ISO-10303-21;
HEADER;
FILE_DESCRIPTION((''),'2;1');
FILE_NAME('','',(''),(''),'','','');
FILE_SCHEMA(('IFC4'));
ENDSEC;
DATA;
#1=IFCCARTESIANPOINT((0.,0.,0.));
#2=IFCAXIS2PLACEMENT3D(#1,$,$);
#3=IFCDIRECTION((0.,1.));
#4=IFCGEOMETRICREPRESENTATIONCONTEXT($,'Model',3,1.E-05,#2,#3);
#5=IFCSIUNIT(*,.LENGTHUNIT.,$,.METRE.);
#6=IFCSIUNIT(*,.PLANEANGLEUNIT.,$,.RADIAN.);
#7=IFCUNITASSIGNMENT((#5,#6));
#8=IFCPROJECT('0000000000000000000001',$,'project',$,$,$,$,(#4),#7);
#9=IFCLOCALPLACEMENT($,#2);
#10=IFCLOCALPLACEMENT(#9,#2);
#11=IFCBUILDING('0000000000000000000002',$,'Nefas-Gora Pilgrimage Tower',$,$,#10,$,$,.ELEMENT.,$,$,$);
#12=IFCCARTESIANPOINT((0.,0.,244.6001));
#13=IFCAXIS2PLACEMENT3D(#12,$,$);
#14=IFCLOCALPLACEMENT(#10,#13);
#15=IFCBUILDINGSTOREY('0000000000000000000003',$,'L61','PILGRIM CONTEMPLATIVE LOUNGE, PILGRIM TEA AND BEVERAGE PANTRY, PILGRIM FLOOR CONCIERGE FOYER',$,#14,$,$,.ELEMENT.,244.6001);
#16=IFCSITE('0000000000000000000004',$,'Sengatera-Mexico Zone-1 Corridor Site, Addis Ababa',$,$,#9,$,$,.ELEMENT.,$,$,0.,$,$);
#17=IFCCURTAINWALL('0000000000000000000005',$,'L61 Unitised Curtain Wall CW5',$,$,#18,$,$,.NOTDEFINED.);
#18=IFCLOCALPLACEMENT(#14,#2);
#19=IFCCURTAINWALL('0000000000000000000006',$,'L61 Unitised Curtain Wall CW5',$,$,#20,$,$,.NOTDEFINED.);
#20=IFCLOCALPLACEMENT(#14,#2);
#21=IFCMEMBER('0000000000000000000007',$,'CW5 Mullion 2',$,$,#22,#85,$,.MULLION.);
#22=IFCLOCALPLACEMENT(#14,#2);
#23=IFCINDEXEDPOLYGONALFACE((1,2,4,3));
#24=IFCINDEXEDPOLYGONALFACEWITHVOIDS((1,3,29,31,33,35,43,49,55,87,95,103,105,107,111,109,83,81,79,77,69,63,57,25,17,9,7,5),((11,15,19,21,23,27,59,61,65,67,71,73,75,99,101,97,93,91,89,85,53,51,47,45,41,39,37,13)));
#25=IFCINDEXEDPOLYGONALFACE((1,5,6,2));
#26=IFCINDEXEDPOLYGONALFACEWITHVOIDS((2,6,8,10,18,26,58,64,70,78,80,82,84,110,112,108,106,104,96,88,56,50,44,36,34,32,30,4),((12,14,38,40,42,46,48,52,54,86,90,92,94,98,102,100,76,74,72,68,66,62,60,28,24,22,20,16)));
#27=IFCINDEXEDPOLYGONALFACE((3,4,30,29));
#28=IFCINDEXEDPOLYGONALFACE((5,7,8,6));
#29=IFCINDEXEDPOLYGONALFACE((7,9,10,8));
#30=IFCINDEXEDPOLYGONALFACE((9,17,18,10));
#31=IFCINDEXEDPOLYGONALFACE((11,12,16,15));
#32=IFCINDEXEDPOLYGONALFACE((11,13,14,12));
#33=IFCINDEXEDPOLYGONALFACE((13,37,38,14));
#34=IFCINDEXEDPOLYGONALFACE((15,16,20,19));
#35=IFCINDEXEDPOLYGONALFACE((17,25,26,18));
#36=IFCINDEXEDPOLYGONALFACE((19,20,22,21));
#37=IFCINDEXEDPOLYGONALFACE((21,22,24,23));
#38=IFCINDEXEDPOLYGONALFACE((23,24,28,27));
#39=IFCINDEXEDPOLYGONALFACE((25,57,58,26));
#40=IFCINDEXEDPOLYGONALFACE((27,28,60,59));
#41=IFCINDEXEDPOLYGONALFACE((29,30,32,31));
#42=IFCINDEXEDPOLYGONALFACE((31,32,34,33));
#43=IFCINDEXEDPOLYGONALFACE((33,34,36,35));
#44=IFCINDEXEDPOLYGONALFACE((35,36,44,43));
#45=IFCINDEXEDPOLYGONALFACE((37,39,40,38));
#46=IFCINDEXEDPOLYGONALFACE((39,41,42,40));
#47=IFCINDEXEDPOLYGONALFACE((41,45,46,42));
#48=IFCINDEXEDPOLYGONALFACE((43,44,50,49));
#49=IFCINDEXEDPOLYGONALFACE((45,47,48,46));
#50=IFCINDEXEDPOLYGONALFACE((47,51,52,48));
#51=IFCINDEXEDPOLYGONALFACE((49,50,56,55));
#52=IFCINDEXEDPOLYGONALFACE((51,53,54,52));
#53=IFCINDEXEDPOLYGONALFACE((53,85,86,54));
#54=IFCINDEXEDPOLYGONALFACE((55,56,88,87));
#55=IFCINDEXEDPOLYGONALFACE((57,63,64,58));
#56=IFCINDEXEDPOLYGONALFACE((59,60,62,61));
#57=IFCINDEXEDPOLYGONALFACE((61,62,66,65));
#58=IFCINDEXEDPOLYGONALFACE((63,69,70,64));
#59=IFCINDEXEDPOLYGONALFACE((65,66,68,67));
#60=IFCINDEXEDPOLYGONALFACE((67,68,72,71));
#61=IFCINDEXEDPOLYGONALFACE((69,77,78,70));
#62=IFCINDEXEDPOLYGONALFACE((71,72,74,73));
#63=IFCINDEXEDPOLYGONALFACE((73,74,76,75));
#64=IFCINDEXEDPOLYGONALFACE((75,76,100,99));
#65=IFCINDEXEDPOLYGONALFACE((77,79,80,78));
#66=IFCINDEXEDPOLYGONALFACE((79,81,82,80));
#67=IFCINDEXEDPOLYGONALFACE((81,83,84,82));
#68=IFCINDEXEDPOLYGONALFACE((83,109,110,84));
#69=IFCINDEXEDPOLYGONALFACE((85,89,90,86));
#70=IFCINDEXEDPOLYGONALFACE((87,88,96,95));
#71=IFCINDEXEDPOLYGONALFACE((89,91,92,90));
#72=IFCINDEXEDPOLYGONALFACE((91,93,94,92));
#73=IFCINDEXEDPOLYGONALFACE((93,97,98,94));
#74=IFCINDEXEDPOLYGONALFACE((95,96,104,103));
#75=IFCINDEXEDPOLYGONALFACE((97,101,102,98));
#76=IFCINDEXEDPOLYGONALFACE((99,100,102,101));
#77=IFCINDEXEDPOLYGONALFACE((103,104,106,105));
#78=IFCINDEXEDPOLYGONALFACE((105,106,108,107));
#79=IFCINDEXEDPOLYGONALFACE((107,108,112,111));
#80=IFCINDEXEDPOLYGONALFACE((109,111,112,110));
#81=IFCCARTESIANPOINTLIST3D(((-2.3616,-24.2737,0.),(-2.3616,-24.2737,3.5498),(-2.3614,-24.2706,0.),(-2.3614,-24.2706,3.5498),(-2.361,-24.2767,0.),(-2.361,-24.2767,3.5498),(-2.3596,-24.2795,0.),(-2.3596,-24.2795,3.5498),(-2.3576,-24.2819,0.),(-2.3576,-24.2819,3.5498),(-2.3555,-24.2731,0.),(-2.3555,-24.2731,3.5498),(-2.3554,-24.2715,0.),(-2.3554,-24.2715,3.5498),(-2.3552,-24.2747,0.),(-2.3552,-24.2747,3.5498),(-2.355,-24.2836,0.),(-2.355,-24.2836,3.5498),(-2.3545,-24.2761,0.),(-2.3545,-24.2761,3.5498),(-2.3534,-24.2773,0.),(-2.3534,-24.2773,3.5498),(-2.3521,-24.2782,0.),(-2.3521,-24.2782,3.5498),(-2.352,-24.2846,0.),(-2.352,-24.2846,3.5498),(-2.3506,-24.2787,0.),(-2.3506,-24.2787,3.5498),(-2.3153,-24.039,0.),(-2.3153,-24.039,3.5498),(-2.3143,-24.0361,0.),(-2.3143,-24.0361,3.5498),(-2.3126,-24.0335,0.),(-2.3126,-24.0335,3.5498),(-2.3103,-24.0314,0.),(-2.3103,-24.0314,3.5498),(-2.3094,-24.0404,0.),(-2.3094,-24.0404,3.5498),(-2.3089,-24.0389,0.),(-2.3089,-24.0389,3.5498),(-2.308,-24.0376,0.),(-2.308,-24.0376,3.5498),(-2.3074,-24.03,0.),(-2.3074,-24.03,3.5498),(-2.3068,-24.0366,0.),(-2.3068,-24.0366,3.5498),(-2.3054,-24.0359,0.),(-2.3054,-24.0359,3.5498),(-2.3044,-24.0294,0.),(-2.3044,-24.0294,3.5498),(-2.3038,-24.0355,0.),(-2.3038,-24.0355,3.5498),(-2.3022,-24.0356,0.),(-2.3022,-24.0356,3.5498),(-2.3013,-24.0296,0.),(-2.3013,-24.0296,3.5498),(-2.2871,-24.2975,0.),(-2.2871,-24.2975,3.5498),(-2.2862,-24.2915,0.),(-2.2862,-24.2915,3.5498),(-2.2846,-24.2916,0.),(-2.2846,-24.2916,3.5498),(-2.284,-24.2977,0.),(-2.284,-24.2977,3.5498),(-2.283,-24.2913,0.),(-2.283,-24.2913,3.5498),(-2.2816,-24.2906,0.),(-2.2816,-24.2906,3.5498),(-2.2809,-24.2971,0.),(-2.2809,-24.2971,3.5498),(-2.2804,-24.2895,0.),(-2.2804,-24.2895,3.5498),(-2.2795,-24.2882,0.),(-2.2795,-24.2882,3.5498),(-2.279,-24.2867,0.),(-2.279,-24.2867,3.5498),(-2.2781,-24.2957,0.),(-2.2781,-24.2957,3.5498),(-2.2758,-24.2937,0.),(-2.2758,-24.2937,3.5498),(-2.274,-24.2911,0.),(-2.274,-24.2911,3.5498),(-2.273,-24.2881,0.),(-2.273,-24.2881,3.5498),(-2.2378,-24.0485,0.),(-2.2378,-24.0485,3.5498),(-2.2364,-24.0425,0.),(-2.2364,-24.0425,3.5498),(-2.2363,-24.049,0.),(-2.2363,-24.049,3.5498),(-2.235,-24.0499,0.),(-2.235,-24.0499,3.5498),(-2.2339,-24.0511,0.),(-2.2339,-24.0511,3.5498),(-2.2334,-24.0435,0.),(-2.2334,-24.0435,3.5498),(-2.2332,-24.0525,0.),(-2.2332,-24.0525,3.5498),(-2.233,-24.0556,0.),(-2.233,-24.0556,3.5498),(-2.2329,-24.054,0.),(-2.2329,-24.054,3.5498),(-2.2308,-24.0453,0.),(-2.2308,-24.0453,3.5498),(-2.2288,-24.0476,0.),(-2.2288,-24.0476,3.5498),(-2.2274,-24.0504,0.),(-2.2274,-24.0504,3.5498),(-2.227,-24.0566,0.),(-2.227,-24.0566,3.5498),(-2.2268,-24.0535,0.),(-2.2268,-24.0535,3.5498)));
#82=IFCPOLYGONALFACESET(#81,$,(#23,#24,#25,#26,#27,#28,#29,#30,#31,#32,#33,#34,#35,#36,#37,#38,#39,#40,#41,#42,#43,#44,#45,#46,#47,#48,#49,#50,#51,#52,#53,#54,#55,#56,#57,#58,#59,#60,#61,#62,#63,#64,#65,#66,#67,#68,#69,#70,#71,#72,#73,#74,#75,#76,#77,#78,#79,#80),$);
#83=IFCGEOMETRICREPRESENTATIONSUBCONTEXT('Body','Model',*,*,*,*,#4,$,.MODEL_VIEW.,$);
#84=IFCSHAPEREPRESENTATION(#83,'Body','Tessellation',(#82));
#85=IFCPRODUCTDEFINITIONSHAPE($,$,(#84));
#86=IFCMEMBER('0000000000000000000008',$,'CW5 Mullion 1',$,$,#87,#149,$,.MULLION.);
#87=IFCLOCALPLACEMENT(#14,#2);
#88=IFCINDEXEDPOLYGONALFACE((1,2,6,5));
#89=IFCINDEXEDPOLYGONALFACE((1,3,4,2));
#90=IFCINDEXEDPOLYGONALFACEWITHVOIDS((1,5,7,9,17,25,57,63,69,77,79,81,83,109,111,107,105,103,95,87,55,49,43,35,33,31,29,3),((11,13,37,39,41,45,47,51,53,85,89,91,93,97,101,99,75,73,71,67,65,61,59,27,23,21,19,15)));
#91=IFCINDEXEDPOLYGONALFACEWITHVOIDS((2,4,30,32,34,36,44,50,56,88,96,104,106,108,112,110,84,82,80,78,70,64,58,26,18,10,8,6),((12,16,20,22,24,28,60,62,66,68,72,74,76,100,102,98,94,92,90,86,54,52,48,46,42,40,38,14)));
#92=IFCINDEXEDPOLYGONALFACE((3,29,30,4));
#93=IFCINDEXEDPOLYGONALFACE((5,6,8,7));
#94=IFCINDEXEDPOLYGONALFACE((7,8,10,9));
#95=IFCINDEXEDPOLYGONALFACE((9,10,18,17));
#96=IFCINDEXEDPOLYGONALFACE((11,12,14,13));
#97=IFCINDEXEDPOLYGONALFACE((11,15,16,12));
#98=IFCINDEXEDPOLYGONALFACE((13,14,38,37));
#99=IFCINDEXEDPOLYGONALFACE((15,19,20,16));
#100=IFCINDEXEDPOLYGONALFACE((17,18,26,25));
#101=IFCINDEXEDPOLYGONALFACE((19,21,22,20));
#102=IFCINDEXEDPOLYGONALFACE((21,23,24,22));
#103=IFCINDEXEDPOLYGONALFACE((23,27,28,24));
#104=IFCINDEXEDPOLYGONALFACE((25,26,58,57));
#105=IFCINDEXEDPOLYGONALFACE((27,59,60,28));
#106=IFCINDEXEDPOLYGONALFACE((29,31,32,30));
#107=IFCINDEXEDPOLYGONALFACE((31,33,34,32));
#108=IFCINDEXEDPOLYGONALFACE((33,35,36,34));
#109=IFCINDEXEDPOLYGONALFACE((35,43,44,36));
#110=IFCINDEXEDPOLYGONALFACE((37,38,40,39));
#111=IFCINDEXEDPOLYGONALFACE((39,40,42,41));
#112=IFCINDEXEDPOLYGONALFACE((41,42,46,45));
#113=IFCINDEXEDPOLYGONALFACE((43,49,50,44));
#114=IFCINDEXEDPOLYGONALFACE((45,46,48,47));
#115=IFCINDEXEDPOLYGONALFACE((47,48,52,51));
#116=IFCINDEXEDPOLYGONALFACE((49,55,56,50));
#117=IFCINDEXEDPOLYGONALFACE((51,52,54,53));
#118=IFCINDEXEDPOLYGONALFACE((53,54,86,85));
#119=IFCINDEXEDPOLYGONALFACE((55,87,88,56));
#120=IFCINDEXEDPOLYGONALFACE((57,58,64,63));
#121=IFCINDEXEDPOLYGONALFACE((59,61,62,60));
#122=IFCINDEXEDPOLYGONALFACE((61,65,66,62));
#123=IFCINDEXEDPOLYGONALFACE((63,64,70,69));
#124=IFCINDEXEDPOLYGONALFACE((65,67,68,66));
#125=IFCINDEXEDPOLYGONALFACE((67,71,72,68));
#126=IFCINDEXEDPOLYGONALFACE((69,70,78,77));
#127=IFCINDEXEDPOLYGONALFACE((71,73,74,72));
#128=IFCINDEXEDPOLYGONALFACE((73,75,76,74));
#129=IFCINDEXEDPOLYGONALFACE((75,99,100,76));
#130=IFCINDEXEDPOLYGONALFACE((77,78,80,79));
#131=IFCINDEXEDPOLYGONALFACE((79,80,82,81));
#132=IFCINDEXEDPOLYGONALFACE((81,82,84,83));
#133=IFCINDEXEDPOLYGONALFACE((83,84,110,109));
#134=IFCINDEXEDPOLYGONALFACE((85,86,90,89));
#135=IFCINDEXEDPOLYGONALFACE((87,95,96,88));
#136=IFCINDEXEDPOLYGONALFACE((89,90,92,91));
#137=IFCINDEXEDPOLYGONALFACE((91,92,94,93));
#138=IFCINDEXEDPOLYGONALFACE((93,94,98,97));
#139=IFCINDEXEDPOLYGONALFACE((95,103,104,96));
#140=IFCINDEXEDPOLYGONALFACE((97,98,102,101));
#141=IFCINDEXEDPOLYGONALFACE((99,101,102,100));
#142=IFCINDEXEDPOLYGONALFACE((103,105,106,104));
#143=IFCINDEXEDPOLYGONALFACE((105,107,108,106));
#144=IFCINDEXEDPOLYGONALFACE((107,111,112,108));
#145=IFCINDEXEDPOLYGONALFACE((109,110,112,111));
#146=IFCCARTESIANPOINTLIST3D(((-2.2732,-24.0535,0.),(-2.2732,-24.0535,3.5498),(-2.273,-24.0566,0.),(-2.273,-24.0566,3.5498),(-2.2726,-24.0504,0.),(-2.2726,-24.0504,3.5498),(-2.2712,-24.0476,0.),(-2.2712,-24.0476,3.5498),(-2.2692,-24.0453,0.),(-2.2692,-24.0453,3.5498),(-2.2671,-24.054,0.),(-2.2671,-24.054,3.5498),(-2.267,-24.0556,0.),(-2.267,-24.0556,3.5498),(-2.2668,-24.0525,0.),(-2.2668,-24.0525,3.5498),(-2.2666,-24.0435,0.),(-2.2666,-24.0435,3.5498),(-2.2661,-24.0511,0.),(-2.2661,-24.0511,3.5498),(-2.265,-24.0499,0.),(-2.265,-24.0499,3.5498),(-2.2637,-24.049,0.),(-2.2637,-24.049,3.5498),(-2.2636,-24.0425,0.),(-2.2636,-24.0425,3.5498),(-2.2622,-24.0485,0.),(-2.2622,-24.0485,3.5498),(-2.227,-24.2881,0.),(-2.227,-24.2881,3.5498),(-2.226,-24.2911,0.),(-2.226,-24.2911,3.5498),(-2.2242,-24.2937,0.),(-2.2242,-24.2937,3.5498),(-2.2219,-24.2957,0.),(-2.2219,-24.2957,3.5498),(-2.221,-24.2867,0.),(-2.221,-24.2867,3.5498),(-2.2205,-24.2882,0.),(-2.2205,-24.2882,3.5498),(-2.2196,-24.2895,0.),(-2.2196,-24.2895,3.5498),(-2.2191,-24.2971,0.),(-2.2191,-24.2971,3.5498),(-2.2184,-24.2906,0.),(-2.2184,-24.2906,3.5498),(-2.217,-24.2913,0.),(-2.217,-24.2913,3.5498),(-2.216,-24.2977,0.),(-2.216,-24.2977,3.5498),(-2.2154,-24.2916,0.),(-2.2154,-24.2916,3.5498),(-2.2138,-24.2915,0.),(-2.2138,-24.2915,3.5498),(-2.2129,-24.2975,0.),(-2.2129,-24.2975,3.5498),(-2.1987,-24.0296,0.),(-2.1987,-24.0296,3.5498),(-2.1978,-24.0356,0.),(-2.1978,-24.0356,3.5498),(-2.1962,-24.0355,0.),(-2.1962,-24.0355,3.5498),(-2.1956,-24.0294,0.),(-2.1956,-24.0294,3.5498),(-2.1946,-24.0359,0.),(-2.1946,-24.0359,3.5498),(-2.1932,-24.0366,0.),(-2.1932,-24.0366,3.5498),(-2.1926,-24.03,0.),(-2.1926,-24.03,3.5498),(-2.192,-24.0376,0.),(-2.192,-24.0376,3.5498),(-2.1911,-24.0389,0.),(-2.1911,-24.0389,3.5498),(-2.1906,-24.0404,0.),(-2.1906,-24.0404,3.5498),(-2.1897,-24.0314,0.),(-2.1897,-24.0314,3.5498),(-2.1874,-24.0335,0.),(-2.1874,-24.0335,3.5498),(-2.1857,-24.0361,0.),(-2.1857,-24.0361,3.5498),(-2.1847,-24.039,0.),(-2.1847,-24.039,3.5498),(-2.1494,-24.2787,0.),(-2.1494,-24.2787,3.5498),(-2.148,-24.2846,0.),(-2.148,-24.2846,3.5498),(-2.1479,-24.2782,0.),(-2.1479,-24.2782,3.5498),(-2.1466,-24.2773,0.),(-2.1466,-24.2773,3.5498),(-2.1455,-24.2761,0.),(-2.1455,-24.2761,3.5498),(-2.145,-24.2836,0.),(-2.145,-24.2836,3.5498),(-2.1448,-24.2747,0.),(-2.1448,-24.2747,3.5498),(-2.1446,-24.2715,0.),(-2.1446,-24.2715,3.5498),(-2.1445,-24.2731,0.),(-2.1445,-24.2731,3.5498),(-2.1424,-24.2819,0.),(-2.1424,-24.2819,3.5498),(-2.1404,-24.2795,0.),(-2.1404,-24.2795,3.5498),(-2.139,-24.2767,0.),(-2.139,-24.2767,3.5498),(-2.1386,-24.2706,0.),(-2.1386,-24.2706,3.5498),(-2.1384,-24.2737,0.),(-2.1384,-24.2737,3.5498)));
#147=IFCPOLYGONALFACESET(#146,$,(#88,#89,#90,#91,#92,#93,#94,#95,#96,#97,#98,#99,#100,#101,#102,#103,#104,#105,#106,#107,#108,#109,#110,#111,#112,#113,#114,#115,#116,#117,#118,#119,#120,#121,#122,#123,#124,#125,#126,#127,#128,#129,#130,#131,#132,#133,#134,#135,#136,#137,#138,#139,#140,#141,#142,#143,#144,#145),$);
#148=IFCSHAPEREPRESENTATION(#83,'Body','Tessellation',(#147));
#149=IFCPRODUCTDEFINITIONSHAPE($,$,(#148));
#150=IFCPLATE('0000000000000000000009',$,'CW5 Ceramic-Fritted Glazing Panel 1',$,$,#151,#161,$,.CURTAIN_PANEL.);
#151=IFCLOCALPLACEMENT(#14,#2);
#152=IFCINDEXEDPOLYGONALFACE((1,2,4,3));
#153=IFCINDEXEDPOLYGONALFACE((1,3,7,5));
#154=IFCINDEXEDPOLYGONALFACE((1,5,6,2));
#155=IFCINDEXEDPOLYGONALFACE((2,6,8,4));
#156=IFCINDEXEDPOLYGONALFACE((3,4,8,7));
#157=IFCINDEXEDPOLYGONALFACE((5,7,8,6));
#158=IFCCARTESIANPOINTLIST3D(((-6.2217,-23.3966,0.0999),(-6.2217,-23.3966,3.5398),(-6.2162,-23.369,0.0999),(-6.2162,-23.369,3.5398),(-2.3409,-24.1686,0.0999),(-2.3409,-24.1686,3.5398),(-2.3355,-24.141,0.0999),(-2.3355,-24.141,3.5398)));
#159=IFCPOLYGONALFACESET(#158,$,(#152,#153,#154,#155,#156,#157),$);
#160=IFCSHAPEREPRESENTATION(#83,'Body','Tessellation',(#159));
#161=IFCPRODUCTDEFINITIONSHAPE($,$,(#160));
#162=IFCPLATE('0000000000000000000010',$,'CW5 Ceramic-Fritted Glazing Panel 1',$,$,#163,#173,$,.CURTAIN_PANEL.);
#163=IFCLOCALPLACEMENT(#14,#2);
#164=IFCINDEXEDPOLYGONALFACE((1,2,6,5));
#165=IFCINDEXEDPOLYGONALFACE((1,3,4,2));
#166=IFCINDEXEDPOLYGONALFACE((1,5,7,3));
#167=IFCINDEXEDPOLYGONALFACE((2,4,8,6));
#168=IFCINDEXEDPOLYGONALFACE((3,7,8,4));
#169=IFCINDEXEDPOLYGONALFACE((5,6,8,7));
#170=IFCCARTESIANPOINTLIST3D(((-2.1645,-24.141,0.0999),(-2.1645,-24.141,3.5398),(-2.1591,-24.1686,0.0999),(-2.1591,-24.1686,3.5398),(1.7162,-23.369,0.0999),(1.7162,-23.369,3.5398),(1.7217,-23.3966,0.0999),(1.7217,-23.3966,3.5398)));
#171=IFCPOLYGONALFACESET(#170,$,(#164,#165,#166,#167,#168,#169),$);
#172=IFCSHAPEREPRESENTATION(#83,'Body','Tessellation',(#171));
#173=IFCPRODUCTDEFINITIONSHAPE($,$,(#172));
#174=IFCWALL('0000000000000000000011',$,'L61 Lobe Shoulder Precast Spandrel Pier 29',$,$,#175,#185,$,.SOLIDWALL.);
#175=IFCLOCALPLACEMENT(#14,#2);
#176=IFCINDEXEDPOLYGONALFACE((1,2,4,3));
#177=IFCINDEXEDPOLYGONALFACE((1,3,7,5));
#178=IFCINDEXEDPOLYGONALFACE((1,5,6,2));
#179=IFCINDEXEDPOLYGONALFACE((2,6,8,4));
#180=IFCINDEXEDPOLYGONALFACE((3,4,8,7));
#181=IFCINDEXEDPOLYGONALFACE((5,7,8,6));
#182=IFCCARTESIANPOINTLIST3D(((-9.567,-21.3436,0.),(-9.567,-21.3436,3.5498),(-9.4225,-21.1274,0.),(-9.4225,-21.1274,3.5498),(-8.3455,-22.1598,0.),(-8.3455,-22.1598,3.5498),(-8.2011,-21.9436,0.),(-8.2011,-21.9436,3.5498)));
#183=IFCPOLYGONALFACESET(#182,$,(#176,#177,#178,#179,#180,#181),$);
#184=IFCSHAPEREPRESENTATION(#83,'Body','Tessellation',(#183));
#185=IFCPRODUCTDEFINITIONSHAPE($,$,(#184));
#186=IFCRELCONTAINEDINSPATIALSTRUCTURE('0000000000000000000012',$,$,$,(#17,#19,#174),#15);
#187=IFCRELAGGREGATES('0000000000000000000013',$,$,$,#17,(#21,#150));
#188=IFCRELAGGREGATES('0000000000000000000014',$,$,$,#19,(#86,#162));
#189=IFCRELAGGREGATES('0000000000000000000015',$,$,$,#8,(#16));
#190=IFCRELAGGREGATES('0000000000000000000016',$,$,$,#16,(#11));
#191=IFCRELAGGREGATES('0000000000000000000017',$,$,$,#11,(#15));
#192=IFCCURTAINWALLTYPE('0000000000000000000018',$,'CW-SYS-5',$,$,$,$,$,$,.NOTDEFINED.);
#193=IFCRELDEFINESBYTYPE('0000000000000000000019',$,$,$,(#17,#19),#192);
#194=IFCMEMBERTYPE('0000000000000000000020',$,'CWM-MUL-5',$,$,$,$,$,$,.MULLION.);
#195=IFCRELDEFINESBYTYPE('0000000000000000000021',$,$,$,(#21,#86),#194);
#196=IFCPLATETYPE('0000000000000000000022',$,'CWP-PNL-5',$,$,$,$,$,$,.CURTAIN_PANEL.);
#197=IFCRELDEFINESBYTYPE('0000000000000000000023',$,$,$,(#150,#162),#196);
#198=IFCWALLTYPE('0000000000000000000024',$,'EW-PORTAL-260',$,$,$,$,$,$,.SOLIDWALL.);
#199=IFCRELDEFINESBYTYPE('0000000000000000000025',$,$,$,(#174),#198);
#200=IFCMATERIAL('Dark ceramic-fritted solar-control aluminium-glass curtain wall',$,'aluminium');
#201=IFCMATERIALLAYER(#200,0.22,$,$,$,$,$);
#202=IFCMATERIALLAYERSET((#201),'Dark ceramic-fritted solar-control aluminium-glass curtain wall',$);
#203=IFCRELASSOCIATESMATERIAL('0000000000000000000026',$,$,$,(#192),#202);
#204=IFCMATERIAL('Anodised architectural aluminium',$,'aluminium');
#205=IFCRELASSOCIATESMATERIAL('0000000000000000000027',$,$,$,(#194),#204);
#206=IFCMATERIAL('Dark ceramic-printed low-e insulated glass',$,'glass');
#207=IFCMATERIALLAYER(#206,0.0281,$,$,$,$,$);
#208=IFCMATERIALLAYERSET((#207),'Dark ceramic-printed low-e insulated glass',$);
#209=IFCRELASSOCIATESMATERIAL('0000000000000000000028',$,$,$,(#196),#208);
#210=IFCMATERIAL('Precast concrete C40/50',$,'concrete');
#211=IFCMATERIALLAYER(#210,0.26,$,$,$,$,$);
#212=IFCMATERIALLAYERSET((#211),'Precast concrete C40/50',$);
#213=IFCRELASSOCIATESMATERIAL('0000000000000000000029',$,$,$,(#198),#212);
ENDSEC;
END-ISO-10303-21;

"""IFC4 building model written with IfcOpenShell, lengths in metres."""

from ifc_helpers import new_model, si_unit, direction, frame, frame_2d, origin, origin_2d, place, context, subcontext, project, spatial, rectangle, hollow_rectangle, extrude, source, transform, mapped, material, layer, layer_set, material_profile, profile_set, type_object, element, aggregate, save


model = new_model("IFC4")

# Units and contexts
model_context = context("Model", 3, precision=1e-05, world=origin(), true_north=direction((0.0, 1.0)))
body_context = subcontext(model_context, "Body", "Model", "MODEL_VIEW")
ifc_project = project(units=[si_unit("LENGTHUNIT", "METRE"), si_unit("PLANEANGLEUNIT", "RADIAN")], contexts=[model_context])

# Site, building, storey
site_placement = place(None, origin())
site = spatial("IfcSite", under=ifc_project, at=site_placement, Name="Sengatera-Mexico Zone-1 Corridor Site, Addis Ababa", CompositionType="ELEMENT", RefElevation=0.0)
building_placement = place(site_placement, origin())
building = spatial("IfcBuilding", under=site, at=building_placement, Name="Nefas-Gora Pilgrimage Tower", CompositionType="ELEMENT")
storey_placement = place(building_placement, frame((0.0, 0.0, 244.6001)))
storey = spatial("IfcBuildingStorey", under=building, at=storey_placement, Name="L61", Description="PILGRIM CONTEMPLATIVE LOUNGE, PILGRIM TEA AND BEVERAGE PANTRY, PILGRIM FLOOR CONCIERGE FOYER", CompositionType="ELEMENT", Elevation=244.6001)

# Curtain walls
ifc_material_1 = material(Name="Dark ceramic-fritted solar-control aluminium-glass curtain wall", Category="aluminium")
ifc_layer_1 = layer(ifc_material_1, 0.22)
ifc_layer_set_1 = layer_set([ifc_layer_1], Name="Dark ceramic-fritted solar-control aluminium-glass curtain wall")
curtain_wall_type = type_object("IfcCurtainWallType", Name="CW-SYS-5", PredefinedType="NOTDEFINED", material=ifc_layer_set_1)
curtain_wall_1_placement = place(storey_placement, origin())
curtain_wall_1 = element("IfcCurtainWall", 1, at=curtain_wall_1_placement, inside=storey, type_object=curtain_wall_type, Name="L61 Unitised Curtain Wall CW5", PredefinedType="NOTDEFINED")
ifc_material_2 = material(Name="Anodised architectural aluminium", Category="aluminium")
curtain_wall_2_placement = place(storey_placement, origin())
curtain_wall_2 = element("IfcCurtainWall", 2, at=curtain_wall_2_placement, inside=storey, type_object=curtain_wall_type, Name="L61 Unitised Curtain Wall CW5", PredefinedType="NOTDEFINED")
ifc_material_profile_1 = material_profile(ifc_material_2, hollow_rectangle(XDim=0.0901, YDim=0.26, WallThickness=0.0061, InnerFilletRadius=0.0061, OuterFilletRadius=0.012, at=origin_2d()), Name="ALU MULLION 90x260")
ifc_profile_set_1 = profile_set([ifc_material_profile_1], Name="Anodised architectural aluminium")
member_type_1 = type_object("IfcMemberType", Name="CWM-MUL-5", PredefinedType="MULLION", material=ifc_profile_set_1)
shared_shape_1 = source(origin(), body_context, "Body", "SweptSolid", [
    extrude(hollow_rectangle(XDim=0.0901, YDim=0.26, WallThickness=0.0061, InnerFilletRadius=0.0061, OuterFilletRadius=0.012, at=origin_2d()), origin(), (0.0, 0.0, 1.0), 3.5498),
])

# Members
member_1_placement = place(storey_placement, frame((-2.2942, -24.1636, 0.0), z_axis=(0.0, 0.0, 1.0), x_axis=(0.980783, -0.195102, 0.0)))
member_1 = element("IfcMember", 3, at=member_1_placement, type_object=member_type_1, Name="CW5 Mullion 2", PredefinedType="MULLION", context=body_context, shape_type="MappedRepresentation", body=[
    mapped(shared_shape_1, transform((0.0, 0.0, 0.0), x_axis=(1.0, 0.0, 0.0), y_axis=(0.0, 1.0, 0.0), z_axis=(0.0, 0.0, 1.0), scale=1.0)),
])
member_2_placement = place(storey_placement, frame((-2.2058, -24.1636, 0.0), z_axis=(0.0, 0.0, 1.0), x_axis=(0.980783, 0.195102, 0.0)))
member_2 = element("IfcMember", 4, at=member_2_placement, type_object=member_type_1, Name="CW5 Mullion 1", PredefinedType="MULLION", context=body_context, shape_type="MappedRepresentation", body=[
    mapped(shared_shape_1, transform((0.0, 0.0, 0.0), x_axis=(1.0, 0.0, 0.0), y_axis=(0.0, 1.0, 0.0), z_axis=(0.0, 0.0, 1.0), scale=1.0)),
])

# Plates
ifc_material_3 = material(Name="Dark ceramic-printed low-e insulated glass", Category="glass")
ifc_layer_2 = layer(ifc_material_3, 0.0281)
ifc_layer_set_2 = layer_set([ifc_layer_2], Name="Dark ceramic-printed low-e insulated glass")
plate_type = type_object("IfcPlateType", Name="CWP-PNL-5", PredefinedType="CURTAIN_PANEL", material=ifc_layer_set_2)
shared_shape_2 = source(origin(), body_context, "Body", "SweptSolid", [
    extrude(rectangle(XDim=3.9568, YDim=0.0281, at=origin_2d()), origin(), (0.0, 0.0, 1.0), 3.4399),
])
plate_1_placement = place(storey_placement, frame((-4.2786, -23.7688, 0.0999), z_axis=(0.0, 0.0, 1.0), x_axis=(0.980783, -0.195102, 0.0)))
plate_1 = element("IfcPlate", 5, at=plate_1_placement, type_object=plate_type, Name="CW5 Ceramic-Fritted Glazing Panel 1", PredefinedType="CURTAIN_PANEL", context=body_context, shape_type="MappedRepresentation", body=[
    mapped(shared_shape_2, transform((0.0, 0.0, 0.0), x_axis=(1.0, 0.0, 0.0), y_axis=(0.0, 1.0, 0.0), z_axis=(0.0, 0.0, 1.0), scale=1.0)),
])
aggregate(curtain_wall_1, [member_1, plate_1])
plate_2_placement = place(storey_placement, frame((-0.2214, -23.7688, 0.0999), z_axis=(0.0, 0.0, 1.0), x_axis=(0.980783, 0.195102, 0.0)))
plate_2 = element("IfcPlate", 6, at=plate_2_placement, type_object=plate_type, Name="CW5 Ceramic-Fritted Glazing Panel 1", PredefinedType="CURTAIN_PANEL", context=body_context, shape_type="MappedRepresentation", body=[
    mapped(shared_shape_2, transform((0.0, 0.0, 0.0), x_axis=(1.0, 0.0, 0.0), y_axis=(0.0, 1.0, 0.0), z_axis=(0.0, 0.0, 1.0), scale=1.0)),
])
aggregate(curtain_wall_2, [member_2, plate_2])

# Wall
ifc_material_4 = material(Name="Precast concrete C40/50", Category="concrete")
ifc_layer_3 = layer(ifc_material_4, 0.26)
ifc_layer_set_3 = layer_set([ifc_layer_3], Name="Precast concrete C40/50")
wall_type_1 = type_object("IfcWallType", Name="EW-PORTAL-260", PredefinedType="SOLIDWALL", material=ifc_layer_set_3)
shared_shape_3 = source(origin(), body_context, "Body", "SweptSolid", [
    extrude(rectangle(XDim=1.469, YDim=0.26, at=frame_2d((0.7344, 0.0))), origin(), (0.0, 0.0, 1.0), 3.5498),
])
wall_1_placement = place(storey_placement, frame((-9.4946, -21.2356, 0.0), z_axis=(0.0, 0.0, 1.0), x_axis=(0.831462, -0.555582, 0.0)))
element("IfcWall", 7, at=wall_1_placement, inside=storey, type_object=wall_type_1, Name="L61 Lobe Shoulder Precast Spandrel Pier 29", PredefinedType="SOLIDWALL", context=body_context, shape_type="MappedRepresentation", body=[
    mapped(shared_shape_3, transform((0.0, 0.0, 0.0), x_axis=(1.0, 0.0, 0.0), y_axis=(0.0, 1.0, 0.0), z_axis=(0.0, 0.0, 1.0), scale=1.0)),
])

save(model, "model.ifc")
